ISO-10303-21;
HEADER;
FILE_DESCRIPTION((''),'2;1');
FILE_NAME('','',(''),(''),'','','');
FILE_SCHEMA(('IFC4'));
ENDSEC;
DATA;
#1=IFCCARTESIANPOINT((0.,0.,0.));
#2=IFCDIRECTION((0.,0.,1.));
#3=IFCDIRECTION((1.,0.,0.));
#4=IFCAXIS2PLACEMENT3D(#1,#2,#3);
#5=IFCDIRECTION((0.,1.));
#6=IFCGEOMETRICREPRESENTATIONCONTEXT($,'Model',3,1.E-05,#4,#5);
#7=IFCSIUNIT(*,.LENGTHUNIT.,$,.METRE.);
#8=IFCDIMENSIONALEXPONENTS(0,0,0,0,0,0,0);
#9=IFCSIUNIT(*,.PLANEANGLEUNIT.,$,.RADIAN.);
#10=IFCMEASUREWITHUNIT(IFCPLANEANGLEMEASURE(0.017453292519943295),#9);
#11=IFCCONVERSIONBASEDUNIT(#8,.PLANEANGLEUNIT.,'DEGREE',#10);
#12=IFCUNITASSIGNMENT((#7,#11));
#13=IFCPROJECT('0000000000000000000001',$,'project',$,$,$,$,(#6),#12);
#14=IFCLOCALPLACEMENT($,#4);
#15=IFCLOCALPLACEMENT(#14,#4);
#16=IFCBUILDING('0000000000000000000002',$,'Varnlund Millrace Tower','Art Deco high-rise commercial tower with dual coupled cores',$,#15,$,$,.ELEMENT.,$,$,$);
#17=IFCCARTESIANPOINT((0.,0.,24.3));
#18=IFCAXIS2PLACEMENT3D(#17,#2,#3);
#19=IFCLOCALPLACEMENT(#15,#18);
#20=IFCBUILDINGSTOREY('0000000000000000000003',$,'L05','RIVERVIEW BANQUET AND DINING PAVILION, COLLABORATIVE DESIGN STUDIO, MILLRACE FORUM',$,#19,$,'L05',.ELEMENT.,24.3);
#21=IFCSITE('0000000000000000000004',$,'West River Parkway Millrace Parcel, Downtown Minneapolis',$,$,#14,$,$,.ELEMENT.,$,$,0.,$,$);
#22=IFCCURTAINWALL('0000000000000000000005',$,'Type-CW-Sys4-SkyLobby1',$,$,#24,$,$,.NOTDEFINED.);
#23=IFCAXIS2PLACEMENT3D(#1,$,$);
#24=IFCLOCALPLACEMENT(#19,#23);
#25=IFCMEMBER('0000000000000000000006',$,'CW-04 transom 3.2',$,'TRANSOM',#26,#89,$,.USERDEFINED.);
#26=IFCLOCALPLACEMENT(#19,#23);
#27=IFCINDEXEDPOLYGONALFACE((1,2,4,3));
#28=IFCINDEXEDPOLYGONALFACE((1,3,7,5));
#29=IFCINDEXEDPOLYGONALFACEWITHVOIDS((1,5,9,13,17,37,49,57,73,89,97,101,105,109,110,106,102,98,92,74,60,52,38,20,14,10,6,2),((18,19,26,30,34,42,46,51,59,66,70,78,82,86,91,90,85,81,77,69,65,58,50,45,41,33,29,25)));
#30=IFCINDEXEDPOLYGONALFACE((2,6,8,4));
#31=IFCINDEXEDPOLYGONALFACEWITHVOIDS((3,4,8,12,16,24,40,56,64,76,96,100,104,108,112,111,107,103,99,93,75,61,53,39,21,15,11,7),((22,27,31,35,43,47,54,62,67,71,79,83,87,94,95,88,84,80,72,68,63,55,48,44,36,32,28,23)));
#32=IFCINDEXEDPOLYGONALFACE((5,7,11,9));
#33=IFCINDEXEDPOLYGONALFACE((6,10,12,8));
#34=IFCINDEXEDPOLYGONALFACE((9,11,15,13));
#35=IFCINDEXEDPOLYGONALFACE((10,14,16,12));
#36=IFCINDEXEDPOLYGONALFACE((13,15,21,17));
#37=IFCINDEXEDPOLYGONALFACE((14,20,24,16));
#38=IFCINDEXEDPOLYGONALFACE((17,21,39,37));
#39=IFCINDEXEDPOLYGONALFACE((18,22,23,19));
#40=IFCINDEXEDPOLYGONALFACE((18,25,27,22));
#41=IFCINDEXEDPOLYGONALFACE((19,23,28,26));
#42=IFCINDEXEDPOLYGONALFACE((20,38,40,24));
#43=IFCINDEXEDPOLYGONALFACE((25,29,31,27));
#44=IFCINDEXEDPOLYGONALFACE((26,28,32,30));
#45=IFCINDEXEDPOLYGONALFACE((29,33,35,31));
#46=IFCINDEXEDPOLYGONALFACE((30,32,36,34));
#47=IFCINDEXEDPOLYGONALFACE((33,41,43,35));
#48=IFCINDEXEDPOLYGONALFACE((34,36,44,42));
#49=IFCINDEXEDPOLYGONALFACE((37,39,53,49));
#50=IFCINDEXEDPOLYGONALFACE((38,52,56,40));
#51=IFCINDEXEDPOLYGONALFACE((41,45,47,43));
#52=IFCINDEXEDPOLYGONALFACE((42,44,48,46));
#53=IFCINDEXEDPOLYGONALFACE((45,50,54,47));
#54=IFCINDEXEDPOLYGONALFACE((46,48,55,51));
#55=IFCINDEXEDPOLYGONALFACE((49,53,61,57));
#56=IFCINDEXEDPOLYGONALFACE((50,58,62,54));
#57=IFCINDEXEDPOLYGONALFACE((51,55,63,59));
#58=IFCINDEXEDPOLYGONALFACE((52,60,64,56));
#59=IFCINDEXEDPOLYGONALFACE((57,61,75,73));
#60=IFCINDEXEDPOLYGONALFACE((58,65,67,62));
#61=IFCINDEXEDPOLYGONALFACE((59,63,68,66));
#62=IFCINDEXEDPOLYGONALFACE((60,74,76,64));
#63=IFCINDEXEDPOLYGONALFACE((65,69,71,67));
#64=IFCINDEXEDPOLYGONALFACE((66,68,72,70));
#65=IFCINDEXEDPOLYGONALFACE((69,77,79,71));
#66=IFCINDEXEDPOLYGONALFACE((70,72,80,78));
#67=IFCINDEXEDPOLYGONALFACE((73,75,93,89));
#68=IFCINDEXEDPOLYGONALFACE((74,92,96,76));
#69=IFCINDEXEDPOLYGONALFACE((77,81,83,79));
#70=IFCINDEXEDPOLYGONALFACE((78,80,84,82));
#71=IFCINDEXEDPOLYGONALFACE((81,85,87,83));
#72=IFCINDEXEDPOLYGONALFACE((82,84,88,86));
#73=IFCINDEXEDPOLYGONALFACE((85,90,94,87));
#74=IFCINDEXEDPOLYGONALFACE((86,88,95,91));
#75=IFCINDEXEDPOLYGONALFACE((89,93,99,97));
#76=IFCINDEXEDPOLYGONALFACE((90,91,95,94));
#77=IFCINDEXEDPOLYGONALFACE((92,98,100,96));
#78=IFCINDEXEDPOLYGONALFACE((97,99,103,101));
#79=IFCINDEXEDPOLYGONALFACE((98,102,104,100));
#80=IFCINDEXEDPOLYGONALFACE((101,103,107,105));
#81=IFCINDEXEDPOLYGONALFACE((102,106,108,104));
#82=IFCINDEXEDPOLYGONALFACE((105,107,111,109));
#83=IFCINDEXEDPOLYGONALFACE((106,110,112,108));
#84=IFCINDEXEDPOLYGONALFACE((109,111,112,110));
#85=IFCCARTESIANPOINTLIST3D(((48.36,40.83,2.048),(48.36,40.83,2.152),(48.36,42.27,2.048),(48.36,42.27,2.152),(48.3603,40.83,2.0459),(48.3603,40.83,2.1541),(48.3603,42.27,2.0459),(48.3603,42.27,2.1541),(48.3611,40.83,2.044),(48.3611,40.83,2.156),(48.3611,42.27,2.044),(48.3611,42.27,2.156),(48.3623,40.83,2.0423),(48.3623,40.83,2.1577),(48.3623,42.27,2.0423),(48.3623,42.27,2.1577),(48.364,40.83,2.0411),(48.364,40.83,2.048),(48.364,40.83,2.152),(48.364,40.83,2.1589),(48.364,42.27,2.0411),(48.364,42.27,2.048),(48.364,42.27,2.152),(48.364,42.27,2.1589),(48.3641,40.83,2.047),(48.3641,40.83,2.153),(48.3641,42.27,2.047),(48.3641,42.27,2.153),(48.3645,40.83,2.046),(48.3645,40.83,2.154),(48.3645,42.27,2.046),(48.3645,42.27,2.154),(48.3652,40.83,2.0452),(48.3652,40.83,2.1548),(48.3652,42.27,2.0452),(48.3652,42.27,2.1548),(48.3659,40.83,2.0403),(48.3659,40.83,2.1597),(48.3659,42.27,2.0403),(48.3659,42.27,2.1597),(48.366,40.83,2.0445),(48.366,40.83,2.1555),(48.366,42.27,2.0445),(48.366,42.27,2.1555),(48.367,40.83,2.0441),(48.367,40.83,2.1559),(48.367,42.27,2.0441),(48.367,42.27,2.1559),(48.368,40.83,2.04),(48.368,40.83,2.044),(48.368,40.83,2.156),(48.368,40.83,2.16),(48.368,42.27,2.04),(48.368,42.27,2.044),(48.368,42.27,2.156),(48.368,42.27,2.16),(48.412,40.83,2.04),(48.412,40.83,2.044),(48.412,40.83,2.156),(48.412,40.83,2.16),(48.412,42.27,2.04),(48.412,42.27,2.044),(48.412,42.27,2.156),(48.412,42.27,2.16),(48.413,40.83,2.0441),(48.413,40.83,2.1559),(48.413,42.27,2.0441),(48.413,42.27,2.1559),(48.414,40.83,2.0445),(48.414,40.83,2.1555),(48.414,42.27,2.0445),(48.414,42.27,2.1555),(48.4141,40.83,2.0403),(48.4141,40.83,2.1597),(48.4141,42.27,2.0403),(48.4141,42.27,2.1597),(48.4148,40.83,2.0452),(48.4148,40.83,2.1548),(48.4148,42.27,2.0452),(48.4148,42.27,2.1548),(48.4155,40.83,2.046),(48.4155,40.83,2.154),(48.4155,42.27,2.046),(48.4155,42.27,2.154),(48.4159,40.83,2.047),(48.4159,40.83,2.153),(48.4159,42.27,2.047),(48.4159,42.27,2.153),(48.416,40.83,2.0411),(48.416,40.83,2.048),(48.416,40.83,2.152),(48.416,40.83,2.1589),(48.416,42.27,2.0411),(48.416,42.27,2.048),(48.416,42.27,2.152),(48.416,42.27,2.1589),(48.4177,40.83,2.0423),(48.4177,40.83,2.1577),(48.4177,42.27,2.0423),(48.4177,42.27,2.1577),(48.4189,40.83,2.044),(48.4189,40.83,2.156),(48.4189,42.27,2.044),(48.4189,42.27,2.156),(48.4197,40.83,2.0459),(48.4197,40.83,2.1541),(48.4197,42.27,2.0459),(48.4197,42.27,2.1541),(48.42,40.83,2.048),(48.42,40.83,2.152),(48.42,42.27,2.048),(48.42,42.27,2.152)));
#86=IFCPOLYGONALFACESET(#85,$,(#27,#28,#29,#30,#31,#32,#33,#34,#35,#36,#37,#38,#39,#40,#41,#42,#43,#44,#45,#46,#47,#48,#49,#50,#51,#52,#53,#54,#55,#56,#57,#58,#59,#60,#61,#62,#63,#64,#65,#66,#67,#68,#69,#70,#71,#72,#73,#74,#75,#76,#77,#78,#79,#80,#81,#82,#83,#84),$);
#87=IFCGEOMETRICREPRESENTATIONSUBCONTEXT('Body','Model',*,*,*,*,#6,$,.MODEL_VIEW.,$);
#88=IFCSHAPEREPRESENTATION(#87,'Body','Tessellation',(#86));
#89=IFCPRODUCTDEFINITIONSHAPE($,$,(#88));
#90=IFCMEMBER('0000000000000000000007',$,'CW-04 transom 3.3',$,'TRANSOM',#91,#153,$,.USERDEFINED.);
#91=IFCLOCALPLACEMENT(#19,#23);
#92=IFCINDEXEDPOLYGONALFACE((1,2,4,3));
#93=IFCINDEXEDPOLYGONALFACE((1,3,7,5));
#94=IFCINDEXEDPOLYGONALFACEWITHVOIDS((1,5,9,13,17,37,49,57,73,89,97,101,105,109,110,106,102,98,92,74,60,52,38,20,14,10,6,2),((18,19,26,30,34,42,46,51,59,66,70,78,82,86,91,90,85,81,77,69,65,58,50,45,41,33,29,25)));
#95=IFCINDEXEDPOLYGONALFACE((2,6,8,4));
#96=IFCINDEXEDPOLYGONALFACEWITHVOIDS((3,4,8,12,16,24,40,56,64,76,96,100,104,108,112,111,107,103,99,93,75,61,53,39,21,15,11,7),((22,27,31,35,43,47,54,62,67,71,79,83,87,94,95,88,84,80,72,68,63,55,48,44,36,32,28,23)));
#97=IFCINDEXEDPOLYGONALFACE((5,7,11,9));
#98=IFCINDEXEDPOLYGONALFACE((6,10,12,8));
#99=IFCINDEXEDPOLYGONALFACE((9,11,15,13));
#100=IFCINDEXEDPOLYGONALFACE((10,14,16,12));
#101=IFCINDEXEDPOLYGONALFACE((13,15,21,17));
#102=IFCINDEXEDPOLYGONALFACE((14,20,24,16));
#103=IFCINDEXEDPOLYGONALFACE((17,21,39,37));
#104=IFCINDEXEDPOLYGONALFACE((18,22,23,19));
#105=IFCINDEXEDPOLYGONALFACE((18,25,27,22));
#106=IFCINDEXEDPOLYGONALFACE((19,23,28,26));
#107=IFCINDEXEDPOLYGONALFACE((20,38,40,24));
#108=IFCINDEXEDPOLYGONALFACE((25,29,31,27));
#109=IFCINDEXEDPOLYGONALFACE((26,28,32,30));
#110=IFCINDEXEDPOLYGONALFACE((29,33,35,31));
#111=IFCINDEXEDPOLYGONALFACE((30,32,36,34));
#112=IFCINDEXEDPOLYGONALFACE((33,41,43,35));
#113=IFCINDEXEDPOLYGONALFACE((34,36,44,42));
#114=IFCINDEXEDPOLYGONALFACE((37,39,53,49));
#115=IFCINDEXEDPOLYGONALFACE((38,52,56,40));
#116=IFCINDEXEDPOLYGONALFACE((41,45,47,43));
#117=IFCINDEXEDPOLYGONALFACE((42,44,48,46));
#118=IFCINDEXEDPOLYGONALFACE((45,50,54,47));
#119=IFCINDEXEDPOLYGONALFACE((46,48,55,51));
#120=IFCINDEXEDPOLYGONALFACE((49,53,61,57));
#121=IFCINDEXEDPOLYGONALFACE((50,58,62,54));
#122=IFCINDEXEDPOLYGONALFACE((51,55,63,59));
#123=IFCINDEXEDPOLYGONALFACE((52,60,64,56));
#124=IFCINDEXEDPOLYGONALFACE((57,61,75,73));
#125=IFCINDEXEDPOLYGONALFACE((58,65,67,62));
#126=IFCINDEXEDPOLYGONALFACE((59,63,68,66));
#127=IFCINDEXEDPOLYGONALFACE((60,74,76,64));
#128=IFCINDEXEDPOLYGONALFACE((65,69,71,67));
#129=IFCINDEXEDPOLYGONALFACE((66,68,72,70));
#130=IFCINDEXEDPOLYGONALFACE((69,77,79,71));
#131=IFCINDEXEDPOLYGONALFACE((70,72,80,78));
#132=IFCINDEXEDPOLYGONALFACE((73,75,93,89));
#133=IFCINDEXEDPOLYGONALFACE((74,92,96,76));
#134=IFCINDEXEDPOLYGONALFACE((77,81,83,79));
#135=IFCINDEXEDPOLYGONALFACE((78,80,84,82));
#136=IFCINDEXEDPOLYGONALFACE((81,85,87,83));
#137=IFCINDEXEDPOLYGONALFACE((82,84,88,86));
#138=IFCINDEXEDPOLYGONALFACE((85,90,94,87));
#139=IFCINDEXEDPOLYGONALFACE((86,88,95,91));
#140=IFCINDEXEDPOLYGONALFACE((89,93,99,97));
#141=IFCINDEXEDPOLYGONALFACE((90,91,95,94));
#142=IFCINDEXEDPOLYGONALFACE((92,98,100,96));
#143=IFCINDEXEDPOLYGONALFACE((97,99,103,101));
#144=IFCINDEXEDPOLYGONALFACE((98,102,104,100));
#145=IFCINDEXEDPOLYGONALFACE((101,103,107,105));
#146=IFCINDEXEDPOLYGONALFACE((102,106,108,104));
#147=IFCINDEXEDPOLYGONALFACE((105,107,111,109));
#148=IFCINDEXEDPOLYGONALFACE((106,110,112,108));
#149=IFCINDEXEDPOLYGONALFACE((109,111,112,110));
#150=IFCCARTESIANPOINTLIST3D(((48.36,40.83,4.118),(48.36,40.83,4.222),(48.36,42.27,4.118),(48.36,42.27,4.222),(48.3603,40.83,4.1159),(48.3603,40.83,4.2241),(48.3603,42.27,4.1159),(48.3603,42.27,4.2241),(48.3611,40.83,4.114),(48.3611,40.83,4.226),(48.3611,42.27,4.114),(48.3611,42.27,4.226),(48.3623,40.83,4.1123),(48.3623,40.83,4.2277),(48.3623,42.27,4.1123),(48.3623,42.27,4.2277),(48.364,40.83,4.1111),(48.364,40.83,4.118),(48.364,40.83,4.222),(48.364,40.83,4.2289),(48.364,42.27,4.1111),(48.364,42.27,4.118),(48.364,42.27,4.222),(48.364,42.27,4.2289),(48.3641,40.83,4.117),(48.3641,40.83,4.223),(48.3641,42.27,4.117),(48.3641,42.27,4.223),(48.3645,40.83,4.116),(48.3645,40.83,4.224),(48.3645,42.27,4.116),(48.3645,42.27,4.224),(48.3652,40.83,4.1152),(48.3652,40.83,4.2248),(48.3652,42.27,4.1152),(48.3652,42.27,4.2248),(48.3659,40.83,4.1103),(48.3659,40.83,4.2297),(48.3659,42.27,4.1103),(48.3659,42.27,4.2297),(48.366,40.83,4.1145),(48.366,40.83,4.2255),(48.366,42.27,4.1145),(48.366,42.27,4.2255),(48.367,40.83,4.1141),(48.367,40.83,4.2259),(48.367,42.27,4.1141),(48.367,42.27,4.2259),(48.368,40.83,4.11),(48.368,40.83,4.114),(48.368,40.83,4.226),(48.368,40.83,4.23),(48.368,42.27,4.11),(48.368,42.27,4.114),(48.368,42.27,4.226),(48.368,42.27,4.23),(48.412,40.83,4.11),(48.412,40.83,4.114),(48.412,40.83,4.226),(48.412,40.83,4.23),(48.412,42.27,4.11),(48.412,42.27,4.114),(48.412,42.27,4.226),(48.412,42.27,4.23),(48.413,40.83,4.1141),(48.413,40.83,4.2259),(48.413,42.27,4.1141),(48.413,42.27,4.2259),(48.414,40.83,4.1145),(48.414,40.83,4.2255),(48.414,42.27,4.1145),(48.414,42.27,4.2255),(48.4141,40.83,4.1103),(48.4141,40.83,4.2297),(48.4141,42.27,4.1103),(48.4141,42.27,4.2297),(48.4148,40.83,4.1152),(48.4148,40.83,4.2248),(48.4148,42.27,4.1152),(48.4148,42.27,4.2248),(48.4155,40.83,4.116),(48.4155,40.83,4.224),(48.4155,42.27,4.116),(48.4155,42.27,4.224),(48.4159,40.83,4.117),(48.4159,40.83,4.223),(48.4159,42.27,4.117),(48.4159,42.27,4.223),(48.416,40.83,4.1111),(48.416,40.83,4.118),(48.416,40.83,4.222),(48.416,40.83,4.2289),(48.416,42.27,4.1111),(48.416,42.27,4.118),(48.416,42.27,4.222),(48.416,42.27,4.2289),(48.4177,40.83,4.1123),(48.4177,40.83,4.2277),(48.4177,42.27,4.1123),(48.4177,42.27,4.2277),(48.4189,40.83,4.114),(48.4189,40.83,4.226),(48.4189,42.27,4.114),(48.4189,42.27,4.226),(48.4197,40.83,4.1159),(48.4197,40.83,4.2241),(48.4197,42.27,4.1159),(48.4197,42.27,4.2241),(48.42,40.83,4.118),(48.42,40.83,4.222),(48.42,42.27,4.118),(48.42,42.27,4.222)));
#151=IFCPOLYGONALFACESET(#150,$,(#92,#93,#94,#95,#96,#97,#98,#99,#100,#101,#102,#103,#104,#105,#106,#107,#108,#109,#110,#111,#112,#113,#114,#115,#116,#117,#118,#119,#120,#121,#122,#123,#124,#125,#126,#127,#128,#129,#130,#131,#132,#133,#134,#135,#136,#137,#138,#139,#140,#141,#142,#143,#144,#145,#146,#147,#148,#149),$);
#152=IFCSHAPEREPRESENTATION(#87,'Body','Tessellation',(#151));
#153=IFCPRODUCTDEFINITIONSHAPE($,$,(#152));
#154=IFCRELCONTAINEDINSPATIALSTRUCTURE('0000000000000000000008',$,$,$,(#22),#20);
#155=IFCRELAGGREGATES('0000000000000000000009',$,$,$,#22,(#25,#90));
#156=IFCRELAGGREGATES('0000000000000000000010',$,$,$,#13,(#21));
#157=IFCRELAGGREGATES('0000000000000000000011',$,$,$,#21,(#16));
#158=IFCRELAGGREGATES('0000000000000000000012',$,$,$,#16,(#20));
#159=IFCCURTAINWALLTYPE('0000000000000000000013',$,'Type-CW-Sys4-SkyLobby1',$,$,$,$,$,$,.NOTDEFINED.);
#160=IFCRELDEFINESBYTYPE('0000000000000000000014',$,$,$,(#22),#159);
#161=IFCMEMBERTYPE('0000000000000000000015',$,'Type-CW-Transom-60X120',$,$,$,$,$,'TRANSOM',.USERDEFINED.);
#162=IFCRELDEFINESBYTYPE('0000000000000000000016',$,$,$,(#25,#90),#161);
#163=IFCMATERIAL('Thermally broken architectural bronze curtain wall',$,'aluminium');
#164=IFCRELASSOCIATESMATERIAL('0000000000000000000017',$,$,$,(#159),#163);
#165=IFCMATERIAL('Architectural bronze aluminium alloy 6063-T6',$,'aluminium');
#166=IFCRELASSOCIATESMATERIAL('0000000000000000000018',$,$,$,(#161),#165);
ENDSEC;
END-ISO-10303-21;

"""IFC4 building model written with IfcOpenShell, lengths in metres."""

from ifc_helpers import new_model, entity, si_unit, converted_unit, direction, frame, origin_with_axes, origin_2d_with_axis, place, context, subcontext, project, spatial, hollow_rectangle, extrude, material, material_profile, profile_set, type_object, element, aggregate, save


model = new_model("IFC4")

# Units and contexts
model_context = context("Model", 3, precision=1e-05, world=origin_with_axes(), true_north=direction((0.0, 1.0)))
body_context = subcontext(model_context, "Body", "Model", "MODEL_VIEW")
ifc_project = project(units=[si_unit("LENGTHUNIT", "METRE"), converted_unit("PLANEANGLEUNIT", "DEGREE", entity("IfcPlaneAngleMeasure", 0.017453292519943295), si_unit("PLANEANGLEUNIT", "RADIAN"), dimensions=[0, 0, 0, 0, 0, 0, 0])], contexts=[model_context])

# Site, building, storey
site_placement = place(None, origin_with_axes())
site = spatial("IfcSite", under=ifc_project, at=site_placement, Name="West River Parkway Millrace Parcel, Downtown Minneapolis", CompositionType="ELEMENT", RefElevation=0.0)
building_placement = place(site_placement, origin_with_axes())
building = spatial("IfcBuilding", under=site, at=building_placement, Name="Varnlund Millrace Tower", Description="Art Deco high-rise commercial tower with dual coupled cores", CompositionType="ELEMENT")
storey_placement = place(building_placement, frame((0.0, 0.0, 24.3), z_axis=(0.0, 0.0, 1.0), x_axis=(1.0, 0.0, 0.0)))
storey = spatial("IfcBuildingStorey", under=building, at=storey_placement, Name="L05", Description="RIVERVIEW BANQUET AND DINING PAVILION, COLLABORATIVE DESIGN STUDIO, MILLRACE FORUM", LongName="L05", CompositionType="ELEMENT", Elevation=24.3)

# Curtain wall, members
ifc_material_1 = material(Name="Thermally broken architectural bronze curtain wall", Category="aluminium")
curtain_wall_type = type_object("IfcCurtainWallType", Name="Type-CW-Sys4-SkyLobby1", PredefinedType="NOTDEFINED", material=ifc_material_1)
curtain_wall_placement = place(storey_placement, frame((48.39, 45.3, 0.0), z_axis=(0.0, 0.0, 1.0), x_axis=(1.0, 0.0, 0.0)))
curtain_wall = element("IfcCurtainWall", 1, at=curtain_wall_placement, inside=storey, type_object=curtain_wall_type, Name="Type-CW-Sys4-SkyLobby1", PredefinedType="NOTDEFINED")
ifc_material_2 = material(Name="Architectural bronze aluminium alloy 6063-T6", Category="aluminium")
ifc_material_profile_1 = material_profile(ifc_material_2, hollow_rectangle(XDim=0.06, YDim=0.12, WallThickness=0.004, InnerFilletRadius=0.004, OuterFilletRadius=0.008, at=origin_2d_with_axis()), Name="Architectural bronze aluminium alloy 6063-T6")
ifc_profile_set_1 = profile_set([ifc_material_profile_1], Name="Architectural bronze aluminium alloy 6063-T6")
member_type_1 = type_object("IfcMemberType", Name="Type-CW-Transom-60X120", ElementType="TRANSOM", PredefinedType="USERDEFINED", material=ifc_profile_set_1)
member_1_placement = place(storey_placement, frame((48.39, 42.27, 2.1), z_axis=(0.0, -1.0, 0.0), x_axis=(1.0, 0.0, 0.0)))
member_1 = element("IfcMember", 2, at=member_1_placement, type_object=member_type_1, Name="CW-04 transom 3.2", ObjectType="TRANSOM", PredefinedType="USERDEFINED", context=body_context, shape_type="SweptSolid", body=[
    extrude(hollow_rectangle(XDim=0.06, YDim=0.12, WallThickness=0.004, InnerFilletRadius=0.004, OuterFilletRadius=0.008, at=origin_2d_with_axis()), origin_with_axes(), (0.0, 0.0, 1.0), 1.44),
])
member_2_placement = place(storey_placement, frame((48.39, 42.27, 4.17), z_axis=(0.0, -1.0, 0.0), x_axis=(1.0, 0.0, 0.0)))
member_2 = element("IfcMember", 3, at=member_2_placement, type_object=member_type_1, Name="CW-04 transom 3.3", ObjectType="TRANSOM", PredefinedType="USERDEFINED", context=body_context, shape_type="SweptSolid", body=[
    extrude(hollow_rectangle(XDim=0.06, YDim=0.12, WallThickness=0.004, InnerFilletRadius=0.004, OuterFilletRadius=0.008, at=origin_2d_with_axis()), origin_with_axes(), (0.0, 0.0, 1.0), 1.44),
])
aggregate(curtain_wall, [member_1, member_2])

save(model, "model.ifc")
